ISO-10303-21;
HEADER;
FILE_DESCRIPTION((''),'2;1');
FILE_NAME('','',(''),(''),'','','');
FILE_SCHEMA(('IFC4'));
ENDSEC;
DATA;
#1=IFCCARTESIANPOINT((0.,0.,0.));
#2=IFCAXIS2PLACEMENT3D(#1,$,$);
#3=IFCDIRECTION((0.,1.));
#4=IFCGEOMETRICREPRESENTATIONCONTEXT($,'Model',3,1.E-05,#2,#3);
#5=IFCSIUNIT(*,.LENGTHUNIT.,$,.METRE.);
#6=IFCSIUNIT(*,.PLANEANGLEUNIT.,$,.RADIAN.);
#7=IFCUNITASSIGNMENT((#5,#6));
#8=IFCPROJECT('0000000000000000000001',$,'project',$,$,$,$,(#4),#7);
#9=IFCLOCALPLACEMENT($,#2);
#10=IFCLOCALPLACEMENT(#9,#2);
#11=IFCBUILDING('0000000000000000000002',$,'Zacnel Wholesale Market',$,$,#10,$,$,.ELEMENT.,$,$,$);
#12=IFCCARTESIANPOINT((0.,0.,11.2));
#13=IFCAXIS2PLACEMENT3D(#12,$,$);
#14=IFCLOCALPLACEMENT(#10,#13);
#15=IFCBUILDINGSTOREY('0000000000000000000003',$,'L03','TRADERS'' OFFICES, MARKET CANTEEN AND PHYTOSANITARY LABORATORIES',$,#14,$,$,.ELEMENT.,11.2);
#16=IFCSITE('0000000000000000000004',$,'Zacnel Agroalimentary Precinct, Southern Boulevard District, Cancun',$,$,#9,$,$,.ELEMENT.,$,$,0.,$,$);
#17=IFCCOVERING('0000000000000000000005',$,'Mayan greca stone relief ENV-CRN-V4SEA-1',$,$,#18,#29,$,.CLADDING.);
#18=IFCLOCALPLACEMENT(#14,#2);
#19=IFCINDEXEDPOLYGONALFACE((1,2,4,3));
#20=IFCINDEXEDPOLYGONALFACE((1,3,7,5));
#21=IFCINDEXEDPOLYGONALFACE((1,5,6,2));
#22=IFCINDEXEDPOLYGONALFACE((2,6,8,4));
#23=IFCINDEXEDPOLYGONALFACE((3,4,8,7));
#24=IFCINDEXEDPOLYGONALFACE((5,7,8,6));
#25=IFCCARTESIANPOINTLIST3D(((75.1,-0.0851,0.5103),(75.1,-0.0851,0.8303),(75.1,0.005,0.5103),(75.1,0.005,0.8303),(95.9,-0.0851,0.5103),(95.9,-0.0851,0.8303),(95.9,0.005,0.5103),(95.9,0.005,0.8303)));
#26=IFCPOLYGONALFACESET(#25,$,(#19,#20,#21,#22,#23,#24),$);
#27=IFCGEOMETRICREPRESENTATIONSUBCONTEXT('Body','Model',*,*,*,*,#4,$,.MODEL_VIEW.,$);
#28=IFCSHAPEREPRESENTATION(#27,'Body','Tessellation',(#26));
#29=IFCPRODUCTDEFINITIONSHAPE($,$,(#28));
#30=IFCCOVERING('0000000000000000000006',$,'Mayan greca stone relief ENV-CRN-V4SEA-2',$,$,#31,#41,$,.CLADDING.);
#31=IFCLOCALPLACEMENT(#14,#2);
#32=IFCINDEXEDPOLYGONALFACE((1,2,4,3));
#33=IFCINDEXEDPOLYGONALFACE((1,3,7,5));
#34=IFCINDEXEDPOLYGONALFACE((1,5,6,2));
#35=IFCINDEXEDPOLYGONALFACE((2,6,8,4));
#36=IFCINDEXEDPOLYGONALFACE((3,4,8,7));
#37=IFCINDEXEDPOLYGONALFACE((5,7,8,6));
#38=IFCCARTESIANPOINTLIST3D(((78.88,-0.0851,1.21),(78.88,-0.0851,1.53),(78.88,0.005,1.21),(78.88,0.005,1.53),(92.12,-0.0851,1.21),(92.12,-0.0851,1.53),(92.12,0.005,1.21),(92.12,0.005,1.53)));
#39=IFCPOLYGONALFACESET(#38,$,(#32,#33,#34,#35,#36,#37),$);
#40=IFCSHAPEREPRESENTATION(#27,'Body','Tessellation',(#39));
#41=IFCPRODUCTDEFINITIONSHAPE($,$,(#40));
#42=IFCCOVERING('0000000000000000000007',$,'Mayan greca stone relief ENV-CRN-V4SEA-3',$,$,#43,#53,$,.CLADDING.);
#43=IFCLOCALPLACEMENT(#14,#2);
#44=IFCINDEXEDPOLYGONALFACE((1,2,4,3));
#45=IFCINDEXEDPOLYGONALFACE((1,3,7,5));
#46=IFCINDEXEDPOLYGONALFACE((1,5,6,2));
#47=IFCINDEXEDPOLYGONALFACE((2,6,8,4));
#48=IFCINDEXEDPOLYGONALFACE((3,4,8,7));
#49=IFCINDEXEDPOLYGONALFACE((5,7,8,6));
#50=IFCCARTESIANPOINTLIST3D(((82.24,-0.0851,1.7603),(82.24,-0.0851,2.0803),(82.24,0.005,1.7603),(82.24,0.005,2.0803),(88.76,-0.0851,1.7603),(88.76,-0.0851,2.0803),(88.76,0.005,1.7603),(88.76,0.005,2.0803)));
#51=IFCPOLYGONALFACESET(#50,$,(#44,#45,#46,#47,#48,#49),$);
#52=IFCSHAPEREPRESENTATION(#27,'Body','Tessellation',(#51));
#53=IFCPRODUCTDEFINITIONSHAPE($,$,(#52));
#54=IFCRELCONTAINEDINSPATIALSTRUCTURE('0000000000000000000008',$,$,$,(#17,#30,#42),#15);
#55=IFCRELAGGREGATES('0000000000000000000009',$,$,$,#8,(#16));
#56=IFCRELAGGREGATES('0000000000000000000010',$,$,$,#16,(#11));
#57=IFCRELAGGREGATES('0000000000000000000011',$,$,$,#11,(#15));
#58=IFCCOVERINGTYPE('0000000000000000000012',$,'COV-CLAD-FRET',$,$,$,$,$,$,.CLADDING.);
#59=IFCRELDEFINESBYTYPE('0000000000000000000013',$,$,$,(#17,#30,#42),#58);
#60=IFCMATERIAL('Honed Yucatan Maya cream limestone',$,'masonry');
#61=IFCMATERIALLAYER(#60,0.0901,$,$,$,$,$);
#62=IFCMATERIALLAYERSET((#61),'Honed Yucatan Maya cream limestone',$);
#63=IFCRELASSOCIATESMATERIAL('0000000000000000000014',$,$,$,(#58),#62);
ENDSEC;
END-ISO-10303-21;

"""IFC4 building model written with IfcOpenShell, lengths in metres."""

from ifc_helpers import new_model, si_unit, direction, frame, origin, origin_2d, place, context, subcontext, project, spatial, rectangle, extrude, material, layer, layer_set, type_object, element, save


model = new_model("IFC4")

# Units and contexts
model_context = context("Model", 3, precision=1e-05, world=origin(), true_north=direction((0.0, 1.0)))
body_context = subcontext(model_context, "Body", "Model", "MODEL_VIEW")
ifc_project = project(units=[si_unit("LENGTHUNIT", "METRE"), si_unit("PLANEANGLEUNIT", "RADIAN")], contexts=[model_context])

# Site, building, storey
site_placement = place(None, origin())
site = spatial("IfcSite", under=ifc_project, at=site_placement, Name="Zacnel Agroalimentary Precinct, Southern Boulevard District, Cancun", CompositionType="ELEMENT", RefElevation=0.0)
building_placement = place(site_placement, origin())
building = spatial("IfcBuilding", under=site, at=building_placement, Name="Zacnel Wholesale Market", CompositionType="ELEMENT")
storey_placement = place(building_placement, frame((0.0, 0.0, 11.2)))
storey = spatial("IfcBuildingStorey", under=building, at=storey_placement, Name="L03", Description="TRADERS' OFFICES, MARKET CANTEEN AND PHYTOSANITARY LABORATORIES", CompositionType="ELEMENT", Elevation=11.2)

# Coverings
ifc_material_1 = material(Name="Honed Yucatan Maya cream limestone", Category="masonry")
ifc_layer_1 = layer(ifc_material_1, 0.0901)
ifc_layer_set_1 = layer_set([ifc_layer_1], Name="Honed Yucatan Maya cream limestone")
covering_type = type_object("IfcCoveringType", Name="COV-CLAD-FRET", PredefinedType="CLADDING", material=ifc_layer_set_1)
covering_1_placement = place(storey_placement, frame((85.5, -0.04, 0.5103), z_axis=(0.0, 0.0, 1.0), x_axis=(1.0, 0.0, 0.0)))
element("IfcCovering", 1, at=covering_1_placement, inside=storey, type_object=covering_type, Name="Mayan greca stone relief ENV-CRN-V4SEA-1", PredefinedType="CLADDING", context=body_context, shape_type="SweptSolid", body=[
    extrude(rectangle(XDim=20.8, YDim=0.0901, at=origin_2d()), origin(), (0.0, 0.0, 1.0), 0.3201),
])
covering_2_placement = place(storey_placement, frame((85.5, -0.04, 1.21), z_axis=(0.0, 0.0, 1.0), x_axis=(1.0, 0.0, 0.0)))
element("IfcCovering", 2, at=covering_2_placement, inside=storey, type_object=covering_type, Name="Mayan greca stone relief ENV-CRN-V4SEA-2", PredefinedType="CLADDING", context=body_context, shape_type="SweptSolid", body=[
    extrude(rectangle(XDim=13.24, YDim=0.0901, at=origin_2d()), origin(), (0.0, 0.0, 1.0), 0.3201),
])
covering_3_placement = place(storey_placement, frame((85.5, -0.04, 1.7603), z_axis=(0.0, 0.0, 1.0), x_axis=(1.0, 0.0, 0.0)))
element("IfcCovering", 3, at=covering_3_placement, inside=storey, type_object=covering_type, Name="Mayan greca stone relief ENV-CRN-V4SEA-3", PredefinedType="CLADDING", context=body_context, shape_type="SweptSolid", body=[
    extrude(rectangle(XDim=6.52, YDim=0.0901, at=origin_2d()), origin(), (0.0, 0.0, 1.0), 0.3201),
])

save(model, "model.ifc")
